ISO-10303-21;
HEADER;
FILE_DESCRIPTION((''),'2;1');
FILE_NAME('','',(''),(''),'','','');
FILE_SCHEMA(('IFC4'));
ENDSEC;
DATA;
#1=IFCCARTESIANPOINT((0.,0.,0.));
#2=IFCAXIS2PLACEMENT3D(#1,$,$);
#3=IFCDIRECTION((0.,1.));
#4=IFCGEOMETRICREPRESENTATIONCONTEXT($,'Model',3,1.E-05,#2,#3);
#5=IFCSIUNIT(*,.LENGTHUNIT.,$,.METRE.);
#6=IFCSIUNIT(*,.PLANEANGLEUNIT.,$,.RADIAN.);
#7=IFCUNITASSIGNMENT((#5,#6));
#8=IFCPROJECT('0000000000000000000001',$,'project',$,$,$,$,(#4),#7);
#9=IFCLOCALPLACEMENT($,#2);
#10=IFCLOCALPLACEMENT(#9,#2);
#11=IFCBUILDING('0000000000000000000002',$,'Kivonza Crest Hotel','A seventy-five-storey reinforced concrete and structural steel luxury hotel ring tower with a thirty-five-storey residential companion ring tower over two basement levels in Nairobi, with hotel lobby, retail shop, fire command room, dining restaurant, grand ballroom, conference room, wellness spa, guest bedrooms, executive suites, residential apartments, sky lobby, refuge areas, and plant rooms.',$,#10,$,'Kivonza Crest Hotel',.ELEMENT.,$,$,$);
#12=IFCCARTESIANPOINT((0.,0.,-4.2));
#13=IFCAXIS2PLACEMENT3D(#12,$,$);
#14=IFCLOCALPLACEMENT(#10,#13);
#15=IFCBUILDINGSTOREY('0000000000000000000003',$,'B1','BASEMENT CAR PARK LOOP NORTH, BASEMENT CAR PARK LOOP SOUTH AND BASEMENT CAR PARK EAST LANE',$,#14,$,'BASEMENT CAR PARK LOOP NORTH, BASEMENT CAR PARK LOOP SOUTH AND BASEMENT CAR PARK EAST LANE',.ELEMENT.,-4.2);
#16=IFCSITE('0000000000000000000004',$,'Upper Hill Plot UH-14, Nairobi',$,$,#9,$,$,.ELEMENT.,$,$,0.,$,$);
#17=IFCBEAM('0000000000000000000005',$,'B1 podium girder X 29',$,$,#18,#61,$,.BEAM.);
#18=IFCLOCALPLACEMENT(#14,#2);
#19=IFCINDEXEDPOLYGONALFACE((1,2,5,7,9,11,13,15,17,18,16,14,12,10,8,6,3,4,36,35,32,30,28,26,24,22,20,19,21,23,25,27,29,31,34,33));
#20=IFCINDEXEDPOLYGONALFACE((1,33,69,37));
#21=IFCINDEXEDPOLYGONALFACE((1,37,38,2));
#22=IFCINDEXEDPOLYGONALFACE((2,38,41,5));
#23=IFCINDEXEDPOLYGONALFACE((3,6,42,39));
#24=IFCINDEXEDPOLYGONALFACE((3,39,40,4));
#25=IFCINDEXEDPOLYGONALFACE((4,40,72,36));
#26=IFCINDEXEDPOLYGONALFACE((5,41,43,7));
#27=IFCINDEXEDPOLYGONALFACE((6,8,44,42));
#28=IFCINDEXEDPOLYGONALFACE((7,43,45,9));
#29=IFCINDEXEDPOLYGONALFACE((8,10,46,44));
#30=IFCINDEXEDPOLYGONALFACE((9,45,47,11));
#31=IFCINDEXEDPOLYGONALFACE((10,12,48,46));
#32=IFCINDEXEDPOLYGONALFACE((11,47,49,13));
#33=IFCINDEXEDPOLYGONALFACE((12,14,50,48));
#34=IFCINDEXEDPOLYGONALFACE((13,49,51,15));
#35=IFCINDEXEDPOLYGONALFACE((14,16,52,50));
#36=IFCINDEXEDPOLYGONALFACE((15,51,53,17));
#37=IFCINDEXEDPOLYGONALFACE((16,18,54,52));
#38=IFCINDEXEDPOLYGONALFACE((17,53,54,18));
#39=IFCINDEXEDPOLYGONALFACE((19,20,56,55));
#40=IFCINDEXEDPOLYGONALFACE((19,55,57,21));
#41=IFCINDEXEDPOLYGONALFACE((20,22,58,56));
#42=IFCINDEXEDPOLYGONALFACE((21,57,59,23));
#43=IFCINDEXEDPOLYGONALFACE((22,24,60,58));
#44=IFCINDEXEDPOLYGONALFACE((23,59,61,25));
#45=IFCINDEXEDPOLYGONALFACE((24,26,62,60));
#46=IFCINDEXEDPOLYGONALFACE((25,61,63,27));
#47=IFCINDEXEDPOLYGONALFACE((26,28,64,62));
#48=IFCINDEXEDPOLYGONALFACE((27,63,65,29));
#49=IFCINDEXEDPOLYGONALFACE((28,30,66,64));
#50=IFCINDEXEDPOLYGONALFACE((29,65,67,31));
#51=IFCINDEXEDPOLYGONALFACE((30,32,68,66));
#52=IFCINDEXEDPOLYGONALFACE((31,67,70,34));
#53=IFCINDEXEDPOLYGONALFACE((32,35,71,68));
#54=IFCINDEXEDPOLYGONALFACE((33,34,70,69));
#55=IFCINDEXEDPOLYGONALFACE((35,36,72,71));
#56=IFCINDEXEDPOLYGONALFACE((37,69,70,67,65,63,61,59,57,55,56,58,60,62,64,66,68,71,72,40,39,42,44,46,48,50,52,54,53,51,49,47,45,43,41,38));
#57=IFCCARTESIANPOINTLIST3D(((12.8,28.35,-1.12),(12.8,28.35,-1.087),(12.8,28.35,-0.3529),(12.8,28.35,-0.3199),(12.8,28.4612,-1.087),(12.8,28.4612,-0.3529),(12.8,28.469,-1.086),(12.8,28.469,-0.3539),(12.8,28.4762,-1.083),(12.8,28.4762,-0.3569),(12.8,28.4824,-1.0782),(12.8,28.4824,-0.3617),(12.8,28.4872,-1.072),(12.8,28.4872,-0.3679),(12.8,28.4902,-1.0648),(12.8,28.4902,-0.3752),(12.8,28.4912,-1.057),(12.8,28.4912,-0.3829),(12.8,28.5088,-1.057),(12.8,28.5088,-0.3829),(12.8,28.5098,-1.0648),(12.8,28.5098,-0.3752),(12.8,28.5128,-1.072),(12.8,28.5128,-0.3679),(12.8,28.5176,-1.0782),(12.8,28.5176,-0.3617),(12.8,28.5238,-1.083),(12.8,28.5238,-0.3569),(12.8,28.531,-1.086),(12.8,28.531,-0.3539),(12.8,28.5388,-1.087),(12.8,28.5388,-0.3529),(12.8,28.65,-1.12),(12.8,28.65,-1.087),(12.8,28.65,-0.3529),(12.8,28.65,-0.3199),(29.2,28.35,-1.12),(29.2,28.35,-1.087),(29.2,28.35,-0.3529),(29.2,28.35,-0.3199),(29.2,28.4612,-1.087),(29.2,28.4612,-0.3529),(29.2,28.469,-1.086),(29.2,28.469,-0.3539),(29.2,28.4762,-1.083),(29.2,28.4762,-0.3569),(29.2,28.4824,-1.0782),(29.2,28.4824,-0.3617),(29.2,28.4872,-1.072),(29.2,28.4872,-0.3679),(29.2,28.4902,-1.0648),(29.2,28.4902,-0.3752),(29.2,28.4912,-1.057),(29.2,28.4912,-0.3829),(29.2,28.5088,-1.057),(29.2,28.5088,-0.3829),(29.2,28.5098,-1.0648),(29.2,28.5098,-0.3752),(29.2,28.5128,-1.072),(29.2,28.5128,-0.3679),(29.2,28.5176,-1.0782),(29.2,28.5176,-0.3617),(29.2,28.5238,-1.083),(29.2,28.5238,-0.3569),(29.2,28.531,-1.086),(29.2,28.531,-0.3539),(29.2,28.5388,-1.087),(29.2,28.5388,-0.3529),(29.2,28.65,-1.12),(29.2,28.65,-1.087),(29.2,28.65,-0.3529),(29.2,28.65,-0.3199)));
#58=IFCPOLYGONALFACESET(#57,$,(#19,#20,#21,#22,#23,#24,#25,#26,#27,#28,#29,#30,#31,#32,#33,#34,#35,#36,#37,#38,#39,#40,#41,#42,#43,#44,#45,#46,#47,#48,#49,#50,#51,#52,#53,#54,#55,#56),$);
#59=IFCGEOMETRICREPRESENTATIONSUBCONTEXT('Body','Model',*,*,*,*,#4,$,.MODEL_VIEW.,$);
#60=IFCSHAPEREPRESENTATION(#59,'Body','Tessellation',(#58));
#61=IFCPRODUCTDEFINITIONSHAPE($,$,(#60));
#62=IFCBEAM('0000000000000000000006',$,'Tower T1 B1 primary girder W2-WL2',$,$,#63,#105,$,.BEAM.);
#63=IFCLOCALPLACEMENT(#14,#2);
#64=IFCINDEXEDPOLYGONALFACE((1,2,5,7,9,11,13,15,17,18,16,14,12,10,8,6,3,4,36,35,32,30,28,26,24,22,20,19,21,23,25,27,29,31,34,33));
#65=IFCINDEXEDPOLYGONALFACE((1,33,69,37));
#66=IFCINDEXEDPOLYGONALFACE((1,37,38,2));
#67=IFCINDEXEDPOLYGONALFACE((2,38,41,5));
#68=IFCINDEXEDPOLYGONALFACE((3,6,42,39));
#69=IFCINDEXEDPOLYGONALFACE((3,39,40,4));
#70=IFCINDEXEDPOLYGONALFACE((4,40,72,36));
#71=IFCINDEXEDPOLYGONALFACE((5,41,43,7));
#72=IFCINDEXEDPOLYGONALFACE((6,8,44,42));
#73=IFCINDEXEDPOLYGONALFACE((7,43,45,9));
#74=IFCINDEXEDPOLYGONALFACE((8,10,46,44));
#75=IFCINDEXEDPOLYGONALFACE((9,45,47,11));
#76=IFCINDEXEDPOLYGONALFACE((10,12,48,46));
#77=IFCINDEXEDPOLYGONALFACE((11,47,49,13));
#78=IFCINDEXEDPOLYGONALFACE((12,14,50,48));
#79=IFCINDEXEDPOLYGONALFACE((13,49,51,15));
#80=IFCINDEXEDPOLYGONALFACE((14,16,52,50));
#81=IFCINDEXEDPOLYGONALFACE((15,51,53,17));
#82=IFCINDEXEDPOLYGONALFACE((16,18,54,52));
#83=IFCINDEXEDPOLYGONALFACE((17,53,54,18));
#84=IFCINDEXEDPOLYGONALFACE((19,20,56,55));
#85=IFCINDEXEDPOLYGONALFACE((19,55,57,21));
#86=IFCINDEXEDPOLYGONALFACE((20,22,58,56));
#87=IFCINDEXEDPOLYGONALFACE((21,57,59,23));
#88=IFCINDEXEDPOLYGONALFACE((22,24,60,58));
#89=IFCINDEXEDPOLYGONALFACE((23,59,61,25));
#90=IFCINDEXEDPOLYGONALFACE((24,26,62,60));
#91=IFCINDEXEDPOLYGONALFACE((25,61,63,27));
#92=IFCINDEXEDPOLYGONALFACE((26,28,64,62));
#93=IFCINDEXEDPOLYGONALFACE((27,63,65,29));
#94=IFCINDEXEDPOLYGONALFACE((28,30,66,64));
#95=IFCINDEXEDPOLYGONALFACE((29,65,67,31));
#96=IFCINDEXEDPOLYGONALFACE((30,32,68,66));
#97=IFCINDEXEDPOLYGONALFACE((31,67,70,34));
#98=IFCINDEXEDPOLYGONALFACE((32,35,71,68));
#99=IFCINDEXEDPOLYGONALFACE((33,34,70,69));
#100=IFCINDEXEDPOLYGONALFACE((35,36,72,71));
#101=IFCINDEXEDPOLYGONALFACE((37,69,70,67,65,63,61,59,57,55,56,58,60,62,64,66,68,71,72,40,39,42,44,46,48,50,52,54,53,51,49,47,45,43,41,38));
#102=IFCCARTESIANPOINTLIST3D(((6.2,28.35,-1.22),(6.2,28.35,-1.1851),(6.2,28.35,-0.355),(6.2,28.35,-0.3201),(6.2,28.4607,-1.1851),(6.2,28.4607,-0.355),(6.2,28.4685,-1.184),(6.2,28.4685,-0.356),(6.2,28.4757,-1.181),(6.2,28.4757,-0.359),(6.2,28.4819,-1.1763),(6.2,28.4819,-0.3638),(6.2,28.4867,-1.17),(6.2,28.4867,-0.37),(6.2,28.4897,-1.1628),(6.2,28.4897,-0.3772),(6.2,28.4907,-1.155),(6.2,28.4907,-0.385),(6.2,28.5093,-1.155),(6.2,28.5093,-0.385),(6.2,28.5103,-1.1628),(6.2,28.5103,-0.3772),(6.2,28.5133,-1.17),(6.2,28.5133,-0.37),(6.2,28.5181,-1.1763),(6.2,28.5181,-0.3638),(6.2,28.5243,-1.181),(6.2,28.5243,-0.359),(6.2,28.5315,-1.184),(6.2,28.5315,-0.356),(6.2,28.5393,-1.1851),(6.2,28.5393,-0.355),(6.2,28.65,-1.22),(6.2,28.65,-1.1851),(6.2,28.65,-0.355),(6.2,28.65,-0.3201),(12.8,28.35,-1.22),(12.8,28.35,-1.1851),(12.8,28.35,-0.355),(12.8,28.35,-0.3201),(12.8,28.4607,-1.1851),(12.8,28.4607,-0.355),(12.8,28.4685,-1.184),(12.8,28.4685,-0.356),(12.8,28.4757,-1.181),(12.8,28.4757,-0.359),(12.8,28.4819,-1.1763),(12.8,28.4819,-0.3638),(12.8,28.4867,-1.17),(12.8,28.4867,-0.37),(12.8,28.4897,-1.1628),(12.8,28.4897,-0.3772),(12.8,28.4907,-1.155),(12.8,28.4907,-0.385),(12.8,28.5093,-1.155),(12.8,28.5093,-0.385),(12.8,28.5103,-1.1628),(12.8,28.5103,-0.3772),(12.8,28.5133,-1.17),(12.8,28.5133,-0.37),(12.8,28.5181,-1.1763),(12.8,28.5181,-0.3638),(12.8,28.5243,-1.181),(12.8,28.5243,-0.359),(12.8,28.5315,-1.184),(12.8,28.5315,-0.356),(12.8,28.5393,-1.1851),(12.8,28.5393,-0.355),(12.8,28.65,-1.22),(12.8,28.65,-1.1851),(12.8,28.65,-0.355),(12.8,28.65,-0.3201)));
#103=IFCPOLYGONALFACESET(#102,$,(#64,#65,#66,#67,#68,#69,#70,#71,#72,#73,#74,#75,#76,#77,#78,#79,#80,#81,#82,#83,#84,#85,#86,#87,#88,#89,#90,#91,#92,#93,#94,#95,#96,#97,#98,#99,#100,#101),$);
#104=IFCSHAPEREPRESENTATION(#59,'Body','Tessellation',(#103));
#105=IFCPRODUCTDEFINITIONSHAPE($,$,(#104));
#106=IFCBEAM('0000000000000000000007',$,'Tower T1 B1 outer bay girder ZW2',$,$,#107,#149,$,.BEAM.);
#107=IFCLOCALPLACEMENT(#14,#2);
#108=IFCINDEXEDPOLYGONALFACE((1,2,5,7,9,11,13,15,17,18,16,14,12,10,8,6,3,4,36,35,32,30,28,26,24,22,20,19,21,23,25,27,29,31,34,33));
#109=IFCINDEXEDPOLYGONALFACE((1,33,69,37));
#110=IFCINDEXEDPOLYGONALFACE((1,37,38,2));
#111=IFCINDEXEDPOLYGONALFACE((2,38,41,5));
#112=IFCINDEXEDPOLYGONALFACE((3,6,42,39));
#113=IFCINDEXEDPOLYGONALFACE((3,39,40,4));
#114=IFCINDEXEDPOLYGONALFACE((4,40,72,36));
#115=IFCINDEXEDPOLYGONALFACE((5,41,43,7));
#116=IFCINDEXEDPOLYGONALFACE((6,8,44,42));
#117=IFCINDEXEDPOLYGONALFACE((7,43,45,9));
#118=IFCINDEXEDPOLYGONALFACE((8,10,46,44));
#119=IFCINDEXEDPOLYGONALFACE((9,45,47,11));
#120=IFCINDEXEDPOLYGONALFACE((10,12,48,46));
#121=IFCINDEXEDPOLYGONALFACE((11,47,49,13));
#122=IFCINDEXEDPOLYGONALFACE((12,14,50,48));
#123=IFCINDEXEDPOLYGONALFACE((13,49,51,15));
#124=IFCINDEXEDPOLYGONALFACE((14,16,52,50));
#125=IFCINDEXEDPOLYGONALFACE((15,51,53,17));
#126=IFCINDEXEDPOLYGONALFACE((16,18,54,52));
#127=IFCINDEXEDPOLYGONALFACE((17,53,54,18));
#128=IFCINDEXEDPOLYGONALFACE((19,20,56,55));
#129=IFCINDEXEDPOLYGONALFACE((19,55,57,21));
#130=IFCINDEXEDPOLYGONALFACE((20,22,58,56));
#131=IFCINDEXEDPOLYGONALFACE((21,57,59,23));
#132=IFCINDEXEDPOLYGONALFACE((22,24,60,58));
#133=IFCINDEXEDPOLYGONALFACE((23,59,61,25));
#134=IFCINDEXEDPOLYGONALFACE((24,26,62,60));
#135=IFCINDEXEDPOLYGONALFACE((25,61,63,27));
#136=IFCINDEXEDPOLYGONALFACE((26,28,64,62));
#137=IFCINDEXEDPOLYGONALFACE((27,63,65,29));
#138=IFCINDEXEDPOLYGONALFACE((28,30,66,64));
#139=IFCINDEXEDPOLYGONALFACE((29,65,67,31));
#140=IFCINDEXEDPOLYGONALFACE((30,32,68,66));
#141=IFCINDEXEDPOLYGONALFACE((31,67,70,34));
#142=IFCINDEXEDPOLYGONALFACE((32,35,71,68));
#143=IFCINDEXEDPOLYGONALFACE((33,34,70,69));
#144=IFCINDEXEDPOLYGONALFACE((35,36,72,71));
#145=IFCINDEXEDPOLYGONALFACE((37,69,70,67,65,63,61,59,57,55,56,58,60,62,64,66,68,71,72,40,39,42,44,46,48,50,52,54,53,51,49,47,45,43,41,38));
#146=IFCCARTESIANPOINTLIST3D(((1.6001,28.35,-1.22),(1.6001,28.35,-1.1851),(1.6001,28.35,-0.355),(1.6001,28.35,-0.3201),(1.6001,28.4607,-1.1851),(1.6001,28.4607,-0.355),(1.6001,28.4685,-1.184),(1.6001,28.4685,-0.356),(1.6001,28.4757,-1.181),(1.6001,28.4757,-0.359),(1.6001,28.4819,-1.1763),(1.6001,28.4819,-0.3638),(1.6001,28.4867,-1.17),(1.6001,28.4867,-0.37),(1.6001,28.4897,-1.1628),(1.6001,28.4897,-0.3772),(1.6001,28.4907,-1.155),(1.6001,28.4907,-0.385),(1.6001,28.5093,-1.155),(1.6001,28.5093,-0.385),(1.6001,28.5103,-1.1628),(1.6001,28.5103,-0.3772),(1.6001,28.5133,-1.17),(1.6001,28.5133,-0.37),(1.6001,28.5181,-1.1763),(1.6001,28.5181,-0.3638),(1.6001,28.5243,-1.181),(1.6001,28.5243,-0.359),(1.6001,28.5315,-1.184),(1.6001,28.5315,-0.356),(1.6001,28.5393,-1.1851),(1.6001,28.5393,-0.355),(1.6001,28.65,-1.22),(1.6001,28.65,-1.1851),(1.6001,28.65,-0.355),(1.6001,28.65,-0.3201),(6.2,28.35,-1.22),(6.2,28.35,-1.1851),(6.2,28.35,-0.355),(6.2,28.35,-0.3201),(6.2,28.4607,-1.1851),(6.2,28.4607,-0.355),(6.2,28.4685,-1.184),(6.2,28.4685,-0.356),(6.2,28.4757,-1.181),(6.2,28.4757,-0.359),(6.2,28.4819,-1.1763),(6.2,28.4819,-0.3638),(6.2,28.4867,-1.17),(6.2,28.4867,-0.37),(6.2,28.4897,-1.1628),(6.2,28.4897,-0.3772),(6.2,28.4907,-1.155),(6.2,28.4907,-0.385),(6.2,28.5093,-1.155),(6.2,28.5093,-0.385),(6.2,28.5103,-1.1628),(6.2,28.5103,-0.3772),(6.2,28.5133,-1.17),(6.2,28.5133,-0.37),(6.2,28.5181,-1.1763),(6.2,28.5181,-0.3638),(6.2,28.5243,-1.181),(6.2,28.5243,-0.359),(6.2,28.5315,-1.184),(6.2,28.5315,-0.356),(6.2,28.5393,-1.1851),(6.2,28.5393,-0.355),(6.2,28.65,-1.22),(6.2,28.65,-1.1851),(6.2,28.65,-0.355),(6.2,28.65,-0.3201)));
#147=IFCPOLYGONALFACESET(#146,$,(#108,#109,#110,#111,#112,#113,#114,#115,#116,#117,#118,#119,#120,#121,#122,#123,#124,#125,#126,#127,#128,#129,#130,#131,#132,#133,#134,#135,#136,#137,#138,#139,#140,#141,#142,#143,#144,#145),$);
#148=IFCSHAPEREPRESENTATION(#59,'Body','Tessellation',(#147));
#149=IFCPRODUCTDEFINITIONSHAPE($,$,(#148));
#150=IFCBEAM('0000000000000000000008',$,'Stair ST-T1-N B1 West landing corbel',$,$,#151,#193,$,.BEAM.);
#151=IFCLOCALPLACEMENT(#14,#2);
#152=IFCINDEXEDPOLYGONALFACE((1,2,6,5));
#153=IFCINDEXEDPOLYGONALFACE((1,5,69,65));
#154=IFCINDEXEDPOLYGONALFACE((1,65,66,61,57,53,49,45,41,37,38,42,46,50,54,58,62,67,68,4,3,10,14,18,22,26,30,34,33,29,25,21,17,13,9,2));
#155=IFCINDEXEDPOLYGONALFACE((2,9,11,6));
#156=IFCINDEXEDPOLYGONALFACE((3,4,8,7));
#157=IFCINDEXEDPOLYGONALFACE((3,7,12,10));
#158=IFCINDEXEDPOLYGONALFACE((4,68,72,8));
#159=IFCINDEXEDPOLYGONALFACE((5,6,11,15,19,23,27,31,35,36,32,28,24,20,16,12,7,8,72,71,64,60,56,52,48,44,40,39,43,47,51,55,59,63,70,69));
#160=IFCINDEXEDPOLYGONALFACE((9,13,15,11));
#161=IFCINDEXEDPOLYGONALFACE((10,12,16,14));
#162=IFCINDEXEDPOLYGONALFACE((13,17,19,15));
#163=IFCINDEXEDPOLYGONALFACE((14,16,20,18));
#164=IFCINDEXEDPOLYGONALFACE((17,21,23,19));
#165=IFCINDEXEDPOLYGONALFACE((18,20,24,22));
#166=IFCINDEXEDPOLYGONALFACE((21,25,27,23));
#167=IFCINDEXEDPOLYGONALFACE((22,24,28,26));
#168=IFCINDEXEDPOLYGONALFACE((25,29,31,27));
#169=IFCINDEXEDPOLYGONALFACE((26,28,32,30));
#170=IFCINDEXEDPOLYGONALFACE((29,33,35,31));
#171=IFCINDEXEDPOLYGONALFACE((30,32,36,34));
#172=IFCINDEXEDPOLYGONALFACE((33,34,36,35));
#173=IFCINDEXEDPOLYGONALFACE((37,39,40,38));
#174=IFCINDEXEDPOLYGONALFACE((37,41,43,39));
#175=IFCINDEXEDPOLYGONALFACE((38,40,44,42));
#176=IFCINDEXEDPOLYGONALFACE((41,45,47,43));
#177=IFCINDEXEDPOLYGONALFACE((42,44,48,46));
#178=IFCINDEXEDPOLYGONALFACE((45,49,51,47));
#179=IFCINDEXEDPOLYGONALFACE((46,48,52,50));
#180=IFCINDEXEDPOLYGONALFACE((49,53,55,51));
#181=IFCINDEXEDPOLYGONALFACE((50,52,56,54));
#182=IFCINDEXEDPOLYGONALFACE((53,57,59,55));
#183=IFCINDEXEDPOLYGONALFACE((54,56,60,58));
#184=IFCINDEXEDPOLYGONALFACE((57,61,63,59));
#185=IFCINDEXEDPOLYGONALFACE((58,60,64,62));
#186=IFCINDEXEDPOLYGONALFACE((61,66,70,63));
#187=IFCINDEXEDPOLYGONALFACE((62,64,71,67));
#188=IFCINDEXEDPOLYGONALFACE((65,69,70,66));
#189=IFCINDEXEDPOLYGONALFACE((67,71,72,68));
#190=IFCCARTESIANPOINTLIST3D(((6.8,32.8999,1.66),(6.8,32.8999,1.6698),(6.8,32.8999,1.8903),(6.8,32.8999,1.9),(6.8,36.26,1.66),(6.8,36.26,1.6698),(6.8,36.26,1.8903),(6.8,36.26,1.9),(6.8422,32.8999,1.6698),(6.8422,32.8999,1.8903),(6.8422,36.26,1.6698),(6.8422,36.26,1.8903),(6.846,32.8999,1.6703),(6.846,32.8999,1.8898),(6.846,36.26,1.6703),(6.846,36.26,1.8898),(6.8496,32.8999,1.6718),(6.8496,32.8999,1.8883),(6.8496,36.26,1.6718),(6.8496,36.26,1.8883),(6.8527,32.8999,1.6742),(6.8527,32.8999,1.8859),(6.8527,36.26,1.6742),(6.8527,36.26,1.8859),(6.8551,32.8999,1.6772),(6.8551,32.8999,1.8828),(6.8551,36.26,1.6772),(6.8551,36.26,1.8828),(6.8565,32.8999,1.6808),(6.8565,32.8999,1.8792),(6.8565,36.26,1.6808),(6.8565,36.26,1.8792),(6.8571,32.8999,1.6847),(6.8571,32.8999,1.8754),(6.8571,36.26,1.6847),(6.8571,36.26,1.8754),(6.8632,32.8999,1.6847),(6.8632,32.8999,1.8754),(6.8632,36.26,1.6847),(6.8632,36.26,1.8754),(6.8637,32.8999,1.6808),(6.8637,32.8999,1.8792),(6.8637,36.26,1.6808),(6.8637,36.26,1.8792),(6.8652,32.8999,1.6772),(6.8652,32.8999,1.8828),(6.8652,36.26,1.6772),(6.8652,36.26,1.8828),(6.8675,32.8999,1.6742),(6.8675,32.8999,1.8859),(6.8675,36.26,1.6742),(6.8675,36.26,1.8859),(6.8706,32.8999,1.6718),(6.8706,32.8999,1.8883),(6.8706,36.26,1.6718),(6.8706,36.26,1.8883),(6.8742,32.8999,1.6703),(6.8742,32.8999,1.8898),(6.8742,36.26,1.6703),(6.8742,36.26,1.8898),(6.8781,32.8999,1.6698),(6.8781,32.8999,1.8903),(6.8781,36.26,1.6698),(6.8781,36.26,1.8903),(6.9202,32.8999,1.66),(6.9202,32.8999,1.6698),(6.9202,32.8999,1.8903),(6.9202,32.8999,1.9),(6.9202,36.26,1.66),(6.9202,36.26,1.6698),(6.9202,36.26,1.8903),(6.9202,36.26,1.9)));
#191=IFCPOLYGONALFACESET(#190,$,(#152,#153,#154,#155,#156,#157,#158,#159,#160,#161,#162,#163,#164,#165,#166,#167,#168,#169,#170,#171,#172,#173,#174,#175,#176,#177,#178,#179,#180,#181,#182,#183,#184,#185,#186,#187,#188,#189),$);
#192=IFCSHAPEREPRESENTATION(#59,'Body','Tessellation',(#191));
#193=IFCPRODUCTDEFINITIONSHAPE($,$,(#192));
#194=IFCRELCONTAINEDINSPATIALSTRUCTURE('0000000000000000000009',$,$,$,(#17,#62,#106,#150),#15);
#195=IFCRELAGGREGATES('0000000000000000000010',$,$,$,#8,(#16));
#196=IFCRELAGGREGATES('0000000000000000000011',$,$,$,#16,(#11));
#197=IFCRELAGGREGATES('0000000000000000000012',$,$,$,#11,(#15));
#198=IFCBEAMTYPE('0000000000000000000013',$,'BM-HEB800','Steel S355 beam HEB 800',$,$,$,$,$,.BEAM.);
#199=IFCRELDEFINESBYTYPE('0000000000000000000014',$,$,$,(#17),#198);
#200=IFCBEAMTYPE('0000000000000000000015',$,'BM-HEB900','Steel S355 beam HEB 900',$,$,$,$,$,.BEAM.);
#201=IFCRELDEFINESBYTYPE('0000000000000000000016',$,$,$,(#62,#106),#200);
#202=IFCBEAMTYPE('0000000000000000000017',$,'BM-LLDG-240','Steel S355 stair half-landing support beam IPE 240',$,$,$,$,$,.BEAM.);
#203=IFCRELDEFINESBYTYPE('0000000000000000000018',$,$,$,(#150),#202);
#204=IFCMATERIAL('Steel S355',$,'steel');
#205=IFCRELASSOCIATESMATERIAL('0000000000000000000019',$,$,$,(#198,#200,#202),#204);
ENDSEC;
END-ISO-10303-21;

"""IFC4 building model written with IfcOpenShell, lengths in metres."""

from ifc_helpers import new_model, si_unit, direction, frame, origin, origin_2d, place, context, subcontext, project, spatial, i_section, extrude, material, material_profile, profile_set, type_object, element, save


model = new_model("IFC4")

# Units and contexts
model_context = context("Model", 3, precision=1e-05, world=origin(), true_north=direction((0.0, 1.0)))
body_context = subcontext(model_context, "Body", "Model", "MODEL_VIEW")
ifc_project = project(units=[si_unit("LENGTHUNIT", "METRE"), si_unit("PLANEANGLEUNIT", "RADIAN")], contexts=[model_context])

# Site, building, storey
site_placement = place(None, origin())
site = spatial("IfcSite", under=ifc_project, at=site_placement, Name="Upper Hill Plot UH-14, Nairobi", CompositionType="ELEMENT", RefElevation=0.0)
building_placement = place(site_placement, origin())
building = spatial("IfcBuilding", under=site, at=building_placement, Name="Kivonza Crest Hotel", Description="A seventy-five-storey reinforced concrete and structural steel luxury hotel ring tower with a thirty-five-storey residential companion ring tower over two basement levels in Nairobi, with hotel lobby, retail shop, fire command room, dining restaurant, grand ballroom, conference room, wellness spa, guest bedrooms, executive suites, residential apartments, sky lobby, refuge areas, and plant rooms.", LongName="Kivonza Crest Hotel", CompositionType="ELEMENT")
storey_placement = place(building_placement, frame((0.0, 0.0, -4.2)))
storey = spatial("IfcBuildingStorey", under=building, at=storey_placement, Name="B1", Description="BASEMENT CAR PARK LOOP NORTH, BASEMENT CAR PARK LOOP SOUTH AND BASEMENT CAR PARK EAST LANE", LongName="BASEMENT CAR PARK LOOP NORTH, BASEMENT CAR PARK LOOP SOUTH AND BASEMENT CAR PARK EAST LANE", CompositionType="ELEMENT", Elevation=-4.2)

# Beams
ifc_material_1 = material(Name="Steel S355", Category="steel")
ifc_material_profile_1 = material_profile(ifc_material_1, i_section(OverallWidth=0.3, OverallDepth=0.8, WebThickness=0.0176, FlangeThickness=0.033, FilletRadius=0.03, at=origin_2d()), Name="HEB 800")
ifc_profile_set_1 = profile_set([ifc_material_profile_1], Name="Steel S355")
beam_type_1 = type_object("IfcBeamType", Name="BM-HEB800", Description="Steel S355 beam HEB 800", PredefinedType="BEAM", material=ifc_profile_set_1)
for number, where, z_axis, x_axis, name in (
    (1, (12.8, 28.5, -0.72), (1.0, 0.0, 0.0), (0.0, 1.0, 0.0), "B1 podium girder X 29"),
):
    element("IfcBeam", number, at=place(storey_placement, frame(where, z_axis=z_axis, x_axis=x_axis)), inside=storey, type_object=beam_type_1, Name=name, PredefinedType="BEAM", context=body_context, shape_type="SweptSolid", body=[
        extrude(i_section(OverallWidth=0.3, OverallDepth=0.8, WebThickness=0.0176, FlangeThickness=0.033, FilletRadius=0.03, at=origin_2d()), origin(), (0.0, 0.0, 1.0), 16.3999),
    ])
ifc_material_profile_2 = material_profile(ifc_material_1, i_section(OverallWidth=0.3, OverallDepth=0.8999, WebThickness=0.0186, FlangeThickness=0.0349, FilletRadius=0.03, at=origin_2d()), Name="HEB 900")
ifc_profile_set_2 = profile_set([ifc_material_profile_2], Name="Steel S355")
beam_type_2 = type_object("IfcBeamType", Name="BM-HEB900", Description="Steel S355 beam HEB 900", PredefinedType="BEAM", material=ifc_profile_set_2)
beam_1_placement = place(storey_placement, frame((6.2, 28.5, -0.77), z_axis=(1.0, 0.0, 0.0), x_axis=(0.0, 1.0, 0.0)))
element("IfcBeam", 2, at=beam_1_placement, inside=storey, type_object=beam_type_2, Name="Tower T1 B1 primary girder W2-WL2", PredefinedType="BEAM", context=body_context, shape_type="SweptSolid", body=[
    extrude(i_section(OverallWidth=0.3, OverallDepth=0.8999, WebThickness=0.0186, FlangeThickness=0.0349, FilletRadius=0.03, at=origin_2d()), origin(), (0.0, 0.0, 1.0), 6.6001),
])
beam_2_placement = place(storey_placement, frame((1.6001, 28.5, -0.77), z_axis=(1.0, 0.0, 0.0), x_axis=(0.0, 1.0, 0.0)))
element("IfcBeam", 3, at=beam_2_placement, inside=storey, type_object=beam_type_2, Name="Tower T1 B1 outer bay girder ZW2", PredefinedType="BEAM", context=body_context, shape_type="SweptSolid", body=[
    extrude(i_section(OverallWidth=0.3, OverallDepth=0.8999, WebThickness=0.0186, FlangeThickness=0.0349, FilletRadius=0.03, at=origin_2d()), origin(), (0.0, 0.0, 1.0), 4.5999),
])
ifc_material_profile_3 = material_profile(ifc_material_1, i_section(OverallWidth=0.1201, OverallDepth=0.24, WebThickness=0.0061, FlangeThickness=0.0098, FilletRadius=0.0149, at=origin_2d()), Name="IPE 240")
ifc_profile_set_3 = profile_set([ifc_material_profile_3], Name="Steel S355")
beam_type_3 = type_object("IfcBeamType", Name="BM-LLDG-240", Description="Steel S355 stair half-landing support beam IPE 240", PredefinedType="BEAM", material=ifc_profile_set_3)
beam_3_placement = place(storey_placement, frame((6.8601, 32.8999, 1.78), z_axis=(0.0, 1.0, 0.0), x_axis=(-1.0, 0.0, 0.0)))
element("IfcBeam", 4, at=beam_3_placement, inside=storey, type_object=beam_type_3, Name="Stair ST-T1-N B1 West landing corbel", PredefinedType="BEAM", context=body_context, shape_type="SweptSolid", body=[
    extrude(i_section(OverallWidth=0.1201, OverallDepth=0.24, WebThickness=0.0061, FlangeThickness=0.0098, FilletRadius=0.0149, at=origin_2d()), origin(), (0.0, 0.0, 1.0), 3.3601),
])

save(model, "model.ifc")
